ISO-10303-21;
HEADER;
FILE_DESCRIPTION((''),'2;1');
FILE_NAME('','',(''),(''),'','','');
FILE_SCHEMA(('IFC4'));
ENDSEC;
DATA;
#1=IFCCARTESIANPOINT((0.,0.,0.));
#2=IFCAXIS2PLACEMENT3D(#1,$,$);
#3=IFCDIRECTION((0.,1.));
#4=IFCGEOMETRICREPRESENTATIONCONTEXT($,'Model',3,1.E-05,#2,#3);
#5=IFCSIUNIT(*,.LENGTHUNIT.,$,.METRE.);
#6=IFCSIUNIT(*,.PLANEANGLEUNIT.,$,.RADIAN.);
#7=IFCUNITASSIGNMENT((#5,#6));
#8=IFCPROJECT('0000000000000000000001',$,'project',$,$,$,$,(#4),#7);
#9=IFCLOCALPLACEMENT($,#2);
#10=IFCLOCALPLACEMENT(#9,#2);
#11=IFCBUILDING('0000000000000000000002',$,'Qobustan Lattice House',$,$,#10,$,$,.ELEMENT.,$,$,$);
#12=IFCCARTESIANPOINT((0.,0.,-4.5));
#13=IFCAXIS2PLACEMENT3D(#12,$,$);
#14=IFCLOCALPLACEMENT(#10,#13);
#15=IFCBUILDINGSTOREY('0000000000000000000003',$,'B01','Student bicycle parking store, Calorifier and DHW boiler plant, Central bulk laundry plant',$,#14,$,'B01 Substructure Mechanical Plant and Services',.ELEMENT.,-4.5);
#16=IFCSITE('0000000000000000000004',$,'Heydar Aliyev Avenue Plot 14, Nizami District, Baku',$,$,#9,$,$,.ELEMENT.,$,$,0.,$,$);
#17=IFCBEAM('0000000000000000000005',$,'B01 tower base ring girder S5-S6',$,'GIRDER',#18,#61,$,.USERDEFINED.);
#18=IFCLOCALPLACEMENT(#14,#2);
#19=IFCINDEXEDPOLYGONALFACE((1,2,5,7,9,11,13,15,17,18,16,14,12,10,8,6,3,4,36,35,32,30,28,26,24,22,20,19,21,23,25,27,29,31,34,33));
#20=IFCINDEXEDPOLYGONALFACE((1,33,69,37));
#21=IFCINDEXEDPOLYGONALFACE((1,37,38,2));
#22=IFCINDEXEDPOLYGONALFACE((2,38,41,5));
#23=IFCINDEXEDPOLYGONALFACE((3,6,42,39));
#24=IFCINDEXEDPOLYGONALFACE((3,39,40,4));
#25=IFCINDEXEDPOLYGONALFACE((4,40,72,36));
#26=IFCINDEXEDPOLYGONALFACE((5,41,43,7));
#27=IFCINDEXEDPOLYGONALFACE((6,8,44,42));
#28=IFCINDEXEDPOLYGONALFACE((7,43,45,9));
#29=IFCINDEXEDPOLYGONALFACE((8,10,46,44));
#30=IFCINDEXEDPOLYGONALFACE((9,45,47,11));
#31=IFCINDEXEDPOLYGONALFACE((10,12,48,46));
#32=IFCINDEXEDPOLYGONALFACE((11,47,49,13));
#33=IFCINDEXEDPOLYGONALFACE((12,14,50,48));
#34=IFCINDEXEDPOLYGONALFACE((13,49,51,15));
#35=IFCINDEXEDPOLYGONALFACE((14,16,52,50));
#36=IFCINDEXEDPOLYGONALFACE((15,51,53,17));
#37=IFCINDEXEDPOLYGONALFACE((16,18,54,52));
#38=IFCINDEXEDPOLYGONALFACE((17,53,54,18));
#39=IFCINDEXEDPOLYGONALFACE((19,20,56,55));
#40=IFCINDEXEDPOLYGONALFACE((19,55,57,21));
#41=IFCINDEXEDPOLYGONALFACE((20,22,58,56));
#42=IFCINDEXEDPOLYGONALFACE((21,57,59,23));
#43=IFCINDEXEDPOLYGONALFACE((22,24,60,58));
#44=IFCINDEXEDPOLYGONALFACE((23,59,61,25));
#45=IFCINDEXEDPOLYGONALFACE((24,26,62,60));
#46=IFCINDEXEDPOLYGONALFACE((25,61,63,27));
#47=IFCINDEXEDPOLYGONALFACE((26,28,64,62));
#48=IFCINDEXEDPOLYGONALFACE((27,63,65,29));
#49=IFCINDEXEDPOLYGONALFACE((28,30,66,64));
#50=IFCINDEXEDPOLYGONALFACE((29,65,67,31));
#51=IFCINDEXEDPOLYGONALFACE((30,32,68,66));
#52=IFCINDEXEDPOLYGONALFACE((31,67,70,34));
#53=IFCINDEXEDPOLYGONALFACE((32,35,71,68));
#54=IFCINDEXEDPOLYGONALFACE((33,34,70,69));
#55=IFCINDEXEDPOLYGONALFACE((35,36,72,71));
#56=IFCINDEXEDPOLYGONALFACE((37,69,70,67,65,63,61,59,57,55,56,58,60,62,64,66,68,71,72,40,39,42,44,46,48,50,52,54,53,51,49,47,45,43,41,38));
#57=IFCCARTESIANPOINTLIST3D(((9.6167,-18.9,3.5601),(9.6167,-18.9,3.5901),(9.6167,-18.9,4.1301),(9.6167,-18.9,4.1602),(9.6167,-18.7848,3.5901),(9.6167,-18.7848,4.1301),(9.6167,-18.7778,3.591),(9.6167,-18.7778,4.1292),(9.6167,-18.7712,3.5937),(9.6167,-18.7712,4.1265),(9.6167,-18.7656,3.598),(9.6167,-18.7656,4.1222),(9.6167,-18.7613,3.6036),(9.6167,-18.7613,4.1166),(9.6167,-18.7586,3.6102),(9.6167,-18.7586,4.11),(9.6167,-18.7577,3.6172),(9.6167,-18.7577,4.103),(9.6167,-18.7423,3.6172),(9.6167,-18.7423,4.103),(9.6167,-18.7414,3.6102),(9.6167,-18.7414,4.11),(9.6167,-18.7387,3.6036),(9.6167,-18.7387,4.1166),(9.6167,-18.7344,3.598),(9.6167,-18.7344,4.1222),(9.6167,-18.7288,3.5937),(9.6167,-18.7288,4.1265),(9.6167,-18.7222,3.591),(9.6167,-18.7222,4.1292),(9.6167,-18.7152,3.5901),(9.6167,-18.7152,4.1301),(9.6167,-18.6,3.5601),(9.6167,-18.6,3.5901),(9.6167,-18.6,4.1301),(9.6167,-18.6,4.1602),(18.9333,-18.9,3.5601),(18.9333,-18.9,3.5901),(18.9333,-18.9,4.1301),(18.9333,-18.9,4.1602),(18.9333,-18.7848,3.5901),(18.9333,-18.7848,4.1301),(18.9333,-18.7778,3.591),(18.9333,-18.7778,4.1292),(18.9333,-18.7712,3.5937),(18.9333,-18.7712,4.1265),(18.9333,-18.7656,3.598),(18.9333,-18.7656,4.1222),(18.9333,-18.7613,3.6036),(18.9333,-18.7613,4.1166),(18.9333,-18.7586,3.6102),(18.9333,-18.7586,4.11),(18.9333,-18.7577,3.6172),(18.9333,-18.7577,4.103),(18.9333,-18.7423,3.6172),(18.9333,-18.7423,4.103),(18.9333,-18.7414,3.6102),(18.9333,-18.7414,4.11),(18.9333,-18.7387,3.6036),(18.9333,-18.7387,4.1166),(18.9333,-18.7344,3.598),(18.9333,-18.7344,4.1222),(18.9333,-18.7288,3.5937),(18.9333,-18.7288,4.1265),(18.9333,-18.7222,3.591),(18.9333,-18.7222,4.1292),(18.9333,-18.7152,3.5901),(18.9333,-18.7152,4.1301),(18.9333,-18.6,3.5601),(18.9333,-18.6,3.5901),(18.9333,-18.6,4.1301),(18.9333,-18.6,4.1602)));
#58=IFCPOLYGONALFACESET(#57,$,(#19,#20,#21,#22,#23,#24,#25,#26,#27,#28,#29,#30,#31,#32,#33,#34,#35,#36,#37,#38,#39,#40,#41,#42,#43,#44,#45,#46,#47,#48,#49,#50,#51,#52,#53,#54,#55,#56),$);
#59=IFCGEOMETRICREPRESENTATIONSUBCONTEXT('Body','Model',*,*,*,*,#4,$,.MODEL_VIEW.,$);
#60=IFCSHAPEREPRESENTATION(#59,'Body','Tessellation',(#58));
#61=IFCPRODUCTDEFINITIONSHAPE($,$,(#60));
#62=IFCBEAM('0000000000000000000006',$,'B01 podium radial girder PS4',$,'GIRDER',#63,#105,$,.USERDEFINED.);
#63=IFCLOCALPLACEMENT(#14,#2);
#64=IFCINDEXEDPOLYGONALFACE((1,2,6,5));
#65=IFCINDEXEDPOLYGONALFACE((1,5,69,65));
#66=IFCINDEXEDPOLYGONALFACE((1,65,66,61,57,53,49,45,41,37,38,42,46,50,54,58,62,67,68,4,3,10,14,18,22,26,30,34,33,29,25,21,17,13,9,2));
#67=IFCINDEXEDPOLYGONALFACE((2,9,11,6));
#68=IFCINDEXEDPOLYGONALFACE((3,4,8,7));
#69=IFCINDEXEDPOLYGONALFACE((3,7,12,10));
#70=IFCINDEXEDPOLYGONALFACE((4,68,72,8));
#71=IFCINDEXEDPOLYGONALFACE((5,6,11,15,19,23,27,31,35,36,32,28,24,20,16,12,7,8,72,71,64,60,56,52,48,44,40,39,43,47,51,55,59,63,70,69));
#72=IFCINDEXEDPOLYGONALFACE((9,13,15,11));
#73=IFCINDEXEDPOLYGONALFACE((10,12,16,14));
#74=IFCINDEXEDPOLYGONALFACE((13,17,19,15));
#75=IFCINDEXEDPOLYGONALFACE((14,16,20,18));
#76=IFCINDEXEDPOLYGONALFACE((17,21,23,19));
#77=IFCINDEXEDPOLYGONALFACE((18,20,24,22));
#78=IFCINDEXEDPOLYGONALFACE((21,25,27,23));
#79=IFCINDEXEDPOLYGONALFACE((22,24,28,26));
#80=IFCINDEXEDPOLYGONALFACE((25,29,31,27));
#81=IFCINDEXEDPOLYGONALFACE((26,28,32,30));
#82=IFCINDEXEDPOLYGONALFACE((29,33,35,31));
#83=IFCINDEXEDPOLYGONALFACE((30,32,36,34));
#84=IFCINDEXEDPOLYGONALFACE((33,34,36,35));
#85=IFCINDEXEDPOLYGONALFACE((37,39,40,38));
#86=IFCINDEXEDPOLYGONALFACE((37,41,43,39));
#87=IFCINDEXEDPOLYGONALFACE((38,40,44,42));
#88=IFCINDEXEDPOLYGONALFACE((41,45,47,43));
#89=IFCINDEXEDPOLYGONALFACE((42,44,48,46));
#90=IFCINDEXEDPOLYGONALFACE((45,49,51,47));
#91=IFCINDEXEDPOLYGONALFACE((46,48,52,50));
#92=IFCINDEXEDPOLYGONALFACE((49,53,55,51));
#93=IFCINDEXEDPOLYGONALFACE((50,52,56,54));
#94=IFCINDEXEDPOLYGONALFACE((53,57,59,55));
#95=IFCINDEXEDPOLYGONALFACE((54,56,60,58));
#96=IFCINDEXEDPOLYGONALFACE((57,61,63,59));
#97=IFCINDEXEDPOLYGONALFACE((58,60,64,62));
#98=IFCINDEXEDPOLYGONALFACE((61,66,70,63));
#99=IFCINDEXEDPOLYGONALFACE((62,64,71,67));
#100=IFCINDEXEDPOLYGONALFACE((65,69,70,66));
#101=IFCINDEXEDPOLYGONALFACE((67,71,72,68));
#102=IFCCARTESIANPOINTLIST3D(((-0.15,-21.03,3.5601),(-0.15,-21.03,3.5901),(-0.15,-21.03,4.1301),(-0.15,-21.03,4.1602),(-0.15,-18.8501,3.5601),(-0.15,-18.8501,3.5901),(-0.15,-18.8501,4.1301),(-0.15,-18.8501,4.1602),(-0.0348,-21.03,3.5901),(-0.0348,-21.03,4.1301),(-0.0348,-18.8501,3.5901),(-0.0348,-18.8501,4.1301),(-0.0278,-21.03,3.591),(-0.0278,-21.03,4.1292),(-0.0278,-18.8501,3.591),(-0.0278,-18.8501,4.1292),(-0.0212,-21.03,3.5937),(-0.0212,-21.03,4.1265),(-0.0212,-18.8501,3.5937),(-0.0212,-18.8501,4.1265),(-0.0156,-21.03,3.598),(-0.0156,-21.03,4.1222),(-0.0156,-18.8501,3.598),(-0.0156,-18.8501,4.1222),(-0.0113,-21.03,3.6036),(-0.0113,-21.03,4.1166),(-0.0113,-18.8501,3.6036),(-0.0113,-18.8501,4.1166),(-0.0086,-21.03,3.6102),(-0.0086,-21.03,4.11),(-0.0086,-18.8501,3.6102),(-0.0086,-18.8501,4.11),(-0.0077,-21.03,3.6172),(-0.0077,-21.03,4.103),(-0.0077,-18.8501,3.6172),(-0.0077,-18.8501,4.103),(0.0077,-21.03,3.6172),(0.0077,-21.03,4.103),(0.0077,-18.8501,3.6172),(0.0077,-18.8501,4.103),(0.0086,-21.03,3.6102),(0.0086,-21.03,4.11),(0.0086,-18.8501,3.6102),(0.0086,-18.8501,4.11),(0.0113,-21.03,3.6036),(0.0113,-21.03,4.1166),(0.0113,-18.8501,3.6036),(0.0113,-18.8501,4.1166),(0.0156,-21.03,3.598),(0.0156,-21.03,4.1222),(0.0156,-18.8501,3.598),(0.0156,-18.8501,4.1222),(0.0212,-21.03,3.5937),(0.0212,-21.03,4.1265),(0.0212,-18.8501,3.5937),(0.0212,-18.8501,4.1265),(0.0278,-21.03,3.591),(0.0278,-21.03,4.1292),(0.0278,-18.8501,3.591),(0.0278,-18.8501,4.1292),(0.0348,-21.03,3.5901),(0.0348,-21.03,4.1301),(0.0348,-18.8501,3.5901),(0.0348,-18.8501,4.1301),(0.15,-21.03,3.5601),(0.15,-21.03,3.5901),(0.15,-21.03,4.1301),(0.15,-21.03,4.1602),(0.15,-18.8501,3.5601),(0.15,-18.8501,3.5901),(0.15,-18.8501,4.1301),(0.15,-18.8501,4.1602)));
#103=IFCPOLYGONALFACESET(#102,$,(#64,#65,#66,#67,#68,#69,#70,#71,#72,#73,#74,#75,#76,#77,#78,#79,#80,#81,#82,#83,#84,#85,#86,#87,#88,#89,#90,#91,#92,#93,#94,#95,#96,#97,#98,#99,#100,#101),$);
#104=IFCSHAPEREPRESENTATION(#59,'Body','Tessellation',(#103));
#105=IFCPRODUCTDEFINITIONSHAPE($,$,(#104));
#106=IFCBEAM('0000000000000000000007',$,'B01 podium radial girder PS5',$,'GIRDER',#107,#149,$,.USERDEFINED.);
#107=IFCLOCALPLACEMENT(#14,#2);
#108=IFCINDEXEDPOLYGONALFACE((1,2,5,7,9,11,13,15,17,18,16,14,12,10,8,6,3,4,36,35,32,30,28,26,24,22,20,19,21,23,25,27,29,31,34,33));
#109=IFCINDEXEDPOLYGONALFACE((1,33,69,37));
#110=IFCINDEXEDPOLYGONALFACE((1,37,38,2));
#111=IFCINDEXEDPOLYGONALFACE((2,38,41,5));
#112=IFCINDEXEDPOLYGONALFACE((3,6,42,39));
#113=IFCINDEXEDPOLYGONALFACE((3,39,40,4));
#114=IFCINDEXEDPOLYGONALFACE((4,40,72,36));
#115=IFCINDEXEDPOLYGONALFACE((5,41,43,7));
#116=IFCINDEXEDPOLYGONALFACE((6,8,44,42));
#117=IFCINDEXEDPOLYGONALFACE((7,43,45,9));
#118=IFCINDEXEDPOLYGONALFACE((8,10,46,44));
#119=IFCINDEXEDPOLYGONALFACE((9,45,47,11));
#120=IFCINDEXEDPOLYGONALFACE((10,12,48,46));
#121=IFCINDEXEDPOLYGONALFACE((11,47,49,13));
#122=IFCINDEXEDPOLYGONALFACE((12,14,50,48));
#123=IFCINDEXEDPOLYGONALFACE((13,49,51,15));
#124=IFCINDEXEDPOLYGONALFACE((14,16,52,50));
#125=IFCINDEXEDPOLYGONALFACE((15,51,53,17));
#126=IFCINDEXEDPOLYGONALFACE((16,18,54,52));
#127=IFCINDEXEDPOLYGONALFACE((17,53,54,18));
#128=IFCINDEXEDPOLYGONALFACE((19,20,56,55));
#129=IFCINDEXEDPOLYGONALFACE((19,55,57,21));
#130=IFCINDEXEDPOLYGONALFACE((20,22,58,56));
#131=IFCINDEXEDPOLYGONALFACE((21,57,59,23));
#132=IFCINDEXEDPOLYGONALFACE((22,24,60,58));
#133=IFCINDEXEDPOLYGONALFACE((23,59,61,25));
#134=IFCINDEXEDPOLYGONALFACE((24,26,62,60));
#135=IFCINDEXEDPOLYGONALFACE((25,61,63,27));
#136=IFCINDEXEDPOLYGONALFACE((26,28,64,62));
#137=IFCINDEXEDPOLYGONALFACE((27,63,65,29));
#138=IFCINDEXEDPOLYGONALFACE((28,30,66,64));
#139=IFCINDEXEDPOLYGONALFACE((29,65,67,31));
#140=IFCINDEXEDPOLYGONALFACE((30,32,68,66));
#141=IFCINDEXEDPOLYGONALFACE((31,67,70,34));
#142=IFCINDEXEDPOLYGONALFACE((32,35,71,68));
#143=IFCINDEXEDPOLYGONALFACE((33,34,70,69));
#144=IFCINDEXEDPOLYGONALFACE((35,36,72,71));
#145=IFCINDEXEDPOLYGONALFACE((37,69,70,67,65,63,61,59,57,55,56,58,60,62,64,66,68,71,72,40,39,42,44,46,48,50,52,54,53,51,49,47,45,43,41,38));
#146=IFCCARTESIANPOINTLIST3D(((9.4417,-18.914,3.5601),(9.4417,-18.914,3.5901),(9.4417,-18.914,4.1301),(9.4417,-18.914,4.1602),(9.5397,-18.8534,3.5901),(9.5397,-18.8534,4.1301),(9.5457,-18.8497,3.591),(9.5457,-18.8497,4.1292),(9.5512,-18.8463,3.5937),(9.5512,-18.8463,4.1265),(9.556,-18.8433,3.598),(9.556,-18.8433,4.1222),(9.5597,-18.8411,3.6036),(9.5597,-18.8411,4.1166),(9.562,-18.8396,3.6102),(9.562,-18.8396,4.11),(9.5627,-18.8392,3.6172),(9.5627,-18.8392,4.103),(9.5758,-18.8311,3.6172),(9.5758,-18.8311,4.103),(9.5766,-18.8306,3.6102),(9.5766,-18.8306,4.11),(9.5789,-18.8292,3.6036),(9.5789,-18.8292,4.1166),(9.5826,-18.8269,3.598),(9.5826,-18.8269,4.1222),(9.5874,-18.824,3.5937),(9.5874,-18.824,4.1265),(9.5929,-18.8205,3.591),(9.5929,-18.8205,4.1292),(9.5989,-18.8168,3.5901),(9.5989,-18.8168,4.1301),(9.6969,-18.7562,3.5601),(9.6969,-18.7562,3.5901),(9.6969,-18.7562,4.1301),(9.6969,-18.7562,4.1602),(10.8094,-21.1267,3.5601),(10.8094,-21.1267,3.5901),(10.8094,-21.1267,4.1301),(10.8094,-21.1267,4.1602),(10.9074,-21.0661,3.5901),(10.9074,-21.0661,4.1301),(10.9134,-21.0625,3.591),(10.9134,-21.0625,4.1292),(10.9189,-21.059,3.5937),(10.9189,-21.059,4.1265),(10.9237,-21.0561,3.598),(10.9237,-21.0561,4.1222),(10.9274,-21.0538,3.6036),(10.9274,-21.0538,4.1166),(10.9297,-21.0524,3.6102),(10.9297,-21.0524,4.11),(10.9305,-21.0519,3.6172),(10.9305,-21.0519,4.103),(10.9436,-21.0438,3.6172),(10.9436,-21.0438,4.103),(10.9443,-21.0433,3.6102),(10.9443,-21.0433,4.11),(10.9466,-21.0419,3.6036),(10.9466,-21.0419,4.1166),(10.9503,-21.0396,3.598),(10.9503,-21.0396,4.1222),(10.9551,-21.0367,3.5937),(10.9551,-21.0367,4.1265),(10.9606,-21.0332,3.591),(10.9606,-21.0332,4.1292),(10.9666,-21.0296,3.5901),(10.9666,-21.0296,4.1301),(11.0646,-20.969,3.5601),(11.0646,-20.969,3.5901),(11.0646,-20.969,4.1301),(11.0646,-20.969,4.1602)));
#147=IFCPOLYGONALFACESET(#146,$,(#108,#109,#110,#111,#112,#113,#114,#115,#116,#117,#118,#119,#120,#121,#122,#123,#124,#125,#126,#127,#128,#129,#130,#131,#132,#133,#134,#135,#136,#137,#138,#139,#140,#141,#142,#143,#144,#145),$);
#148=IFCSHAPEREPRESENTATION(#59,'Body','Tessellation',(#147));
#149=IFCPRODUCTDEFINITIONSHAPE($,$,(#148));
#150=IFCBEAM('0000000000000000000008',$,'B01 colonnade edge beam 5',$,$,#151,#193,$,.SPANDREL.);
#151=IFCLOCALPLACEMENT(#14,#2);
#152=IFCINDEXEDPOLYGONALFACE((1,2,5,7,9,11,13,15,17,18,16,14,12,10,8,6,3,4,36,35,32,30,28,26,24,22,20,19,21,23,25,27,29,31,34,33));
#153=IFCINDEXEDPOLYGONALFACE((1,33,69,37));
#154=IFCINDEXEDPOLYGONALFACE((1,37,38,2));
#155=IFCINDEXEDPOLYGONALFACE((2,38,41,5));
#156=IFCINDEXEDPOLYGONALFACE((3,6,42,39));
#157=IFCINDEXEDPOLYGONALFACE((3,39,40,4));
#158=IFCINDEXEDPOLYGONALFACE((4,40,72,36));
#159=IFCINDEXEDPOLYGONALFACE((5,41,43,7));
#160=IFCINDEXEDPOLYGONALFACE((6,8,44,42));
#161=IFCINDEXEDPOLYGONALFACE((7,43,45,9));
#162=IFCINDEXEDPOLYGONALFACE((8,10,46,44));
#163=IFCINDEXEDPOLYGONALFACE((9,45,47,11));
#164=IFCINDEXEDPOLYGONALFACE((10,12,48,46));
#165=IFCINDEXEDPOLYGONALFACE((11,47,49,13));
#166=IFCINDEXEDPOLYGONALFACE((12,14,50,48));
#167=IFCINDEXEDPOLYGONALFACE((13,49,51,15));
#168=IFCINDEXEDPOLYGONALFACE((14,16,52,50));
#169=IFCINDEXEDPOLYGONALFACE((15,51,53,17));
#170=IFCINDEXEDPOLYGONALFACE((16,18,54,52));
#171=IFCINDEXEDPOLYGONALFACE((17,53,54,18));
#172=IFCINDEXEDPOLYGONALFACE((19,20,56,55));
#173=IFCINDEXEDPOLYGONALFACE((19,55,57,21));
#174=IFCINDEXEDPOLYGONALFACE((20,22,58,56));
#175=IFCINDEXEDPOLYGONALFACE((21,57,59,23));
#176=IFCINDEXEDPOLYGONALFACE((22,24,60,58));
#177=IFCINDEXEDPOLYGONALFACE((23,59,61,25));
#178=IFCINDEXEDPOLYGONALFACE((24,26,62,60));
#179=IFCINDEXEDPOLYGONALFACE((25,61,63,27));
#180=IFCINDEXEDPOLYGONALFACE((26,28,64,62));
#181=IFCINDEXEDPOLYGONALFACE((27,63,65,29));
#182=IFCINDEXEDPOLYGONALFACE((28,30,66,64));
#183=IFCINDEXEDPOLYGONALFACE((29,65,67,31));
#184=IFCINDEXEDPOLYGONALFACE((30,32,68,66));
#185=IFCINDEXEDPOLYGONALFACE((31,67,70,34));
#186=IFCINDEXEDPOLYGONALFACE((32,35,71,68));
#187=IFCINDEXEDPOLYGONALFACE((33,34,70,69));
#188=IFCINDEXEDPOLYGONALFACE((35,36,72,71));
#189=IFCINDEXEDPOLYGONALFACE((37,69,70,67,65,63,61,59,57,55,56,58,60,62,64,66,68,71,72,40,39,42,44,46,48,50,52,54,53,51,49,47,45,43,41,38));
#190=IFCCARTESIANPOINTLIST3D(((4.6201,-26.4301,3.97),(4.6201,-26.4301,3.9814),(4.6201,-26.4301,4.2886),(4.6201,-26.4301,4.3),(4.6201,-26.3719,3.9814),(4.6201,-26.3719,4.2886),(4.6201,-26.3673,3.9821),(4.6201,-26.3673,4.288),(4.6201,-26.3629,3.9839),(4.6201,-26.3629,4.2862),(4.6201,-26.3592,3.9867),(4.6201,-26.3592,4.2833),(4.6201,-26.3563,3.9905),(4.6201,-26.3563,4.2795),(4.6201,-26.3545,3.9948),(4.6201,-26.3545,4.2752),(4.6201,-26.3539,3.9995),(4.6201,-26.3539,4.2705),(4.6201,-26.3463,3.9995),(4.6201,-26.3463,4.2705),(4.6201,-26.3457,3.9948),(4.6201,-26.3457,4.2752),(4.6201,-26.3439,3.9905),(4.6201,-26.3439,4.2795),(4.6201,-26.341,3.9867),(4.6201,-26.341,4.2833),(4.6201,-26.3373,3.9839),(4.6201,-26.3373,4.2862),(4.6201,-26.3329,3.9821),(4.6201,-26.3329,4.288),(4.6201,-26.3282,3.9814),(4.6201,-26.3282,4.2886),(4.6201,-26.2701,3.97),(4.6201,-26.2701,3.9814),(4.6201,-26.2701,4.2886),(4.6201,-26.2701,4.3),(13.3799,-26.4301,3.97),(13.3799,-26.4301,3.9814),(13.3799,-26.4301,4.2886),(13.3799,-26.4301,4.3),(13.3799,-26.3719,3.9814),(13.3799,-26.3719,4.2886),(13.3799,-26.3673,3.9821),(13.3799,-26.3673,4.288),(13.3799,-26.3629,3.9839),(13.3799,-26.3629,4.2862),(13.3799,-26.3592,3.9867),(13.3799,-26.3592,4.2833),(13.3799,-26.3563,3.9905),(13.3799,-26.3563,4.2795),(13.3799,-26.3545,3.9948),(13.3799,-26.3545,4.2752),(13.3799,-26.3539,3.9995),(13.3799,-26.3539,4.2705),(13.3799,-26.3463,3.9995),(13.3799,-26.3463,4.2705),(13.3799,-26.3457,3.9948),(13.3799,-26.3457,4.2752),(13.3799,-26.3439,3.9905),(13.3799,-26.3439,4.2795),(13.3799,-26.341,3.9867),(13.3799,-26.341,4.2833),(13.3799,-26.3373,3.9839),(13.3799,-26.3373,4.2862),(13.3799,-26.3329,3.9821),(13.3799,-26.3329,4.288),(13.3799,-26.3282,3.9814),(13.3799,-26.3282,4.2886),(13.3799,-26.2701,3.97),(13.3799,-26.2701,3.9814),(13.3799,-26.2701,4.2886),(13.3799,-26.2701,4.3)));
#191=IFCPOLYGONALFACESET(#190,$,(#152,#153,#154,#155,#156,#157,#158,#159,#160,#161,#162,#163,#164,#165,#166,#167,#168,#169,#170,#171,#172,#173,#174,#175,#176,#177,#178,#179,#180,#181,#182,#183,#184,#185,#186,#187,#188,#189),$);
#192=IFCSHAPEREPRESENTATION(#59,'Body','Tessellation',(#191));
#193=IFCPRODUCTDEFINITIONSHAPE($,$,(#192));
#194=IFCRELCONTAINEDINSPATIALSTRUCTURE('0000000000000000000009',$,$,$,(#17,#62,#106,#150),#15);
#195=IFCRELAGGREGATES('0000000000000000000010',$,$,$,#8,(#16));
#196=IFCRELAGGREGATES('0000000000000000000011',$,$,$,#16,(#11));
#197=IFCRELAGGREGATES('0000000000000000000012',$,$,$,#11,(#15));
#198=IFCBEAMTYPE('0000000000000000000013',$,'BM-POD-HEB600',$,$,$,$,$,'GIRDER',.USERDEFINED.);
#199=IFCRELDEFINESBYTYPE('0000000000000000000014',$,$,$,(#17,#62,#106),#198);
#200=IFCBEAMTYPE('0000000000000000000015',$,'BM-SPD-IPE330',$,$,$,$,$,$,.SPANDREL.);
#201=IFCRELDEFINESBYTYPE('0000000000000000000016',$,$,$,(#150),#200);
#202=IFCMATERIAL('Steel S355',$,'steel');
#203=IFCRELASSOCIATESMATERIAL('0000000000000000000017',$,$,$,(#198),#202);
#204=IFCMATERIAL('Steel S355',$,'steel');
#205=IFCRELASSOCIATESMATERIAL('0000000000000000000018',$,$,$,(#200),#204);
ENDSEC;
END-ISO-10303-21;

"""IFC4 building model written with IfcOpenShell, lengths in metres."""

from ifc_helpers import new_model, si_unit, direction, frame, origin, origin_2d, place, context, subcontext, project, spatial, i_section, extrude, material, material_profile, profile_set, type_object, element, save


model = new_model("IFC4")

# Units and contexts
model_context = context("Model", 3, precision=1e-05, world=origin(), true_north=direction((0.0, 1.0)))
body_context = subcontext(model_context, "Body", "Model", "MODEL_VIEW")
ifc_project = project(units=[si_unit("LENGTHUNIT", "METRE"), si_unit("PLANEANGLEUNIT", "RADIAN")], contexts=[model_context])

# Site, building, storey
site_placement = place(None, origin())
site = spatial("IfcSite", under=ifc_project, at=site_placement, Name="Heydar Aliyev Avenue Plot 14, Nizami District, Baku", CompositionType="ELEMENT", RefElevation=0.0)
building_placement = place(site_placement, origin())
building = spatial("IfcBuilding", under=site, at=building_placement, Name="Qobustan Lattice House", CompositionType="ELEMENT")
storey_placement = place(building_placement, frame((0.0, 0.0, -4.5)))
storey = spatial("IfcBuildingStorey", under=building, at=storey_placement, Name="B01", Description="Student bicycle parking store, Calorifier and DHW boiler plant, Central bulk laundry plant", LongName="B01 Substructure Mechanical Plant and Services", CompositionType="ELEMENT", Elevation=-4.5)

# Beams
ifc_material_1 = material(Name="Steel S355", Category="steel")
ifc_material_profile_1 = material_profile(ifc_material_1, i_section(OverallWidth=0.3, OverallDepth=0.6001, WebThickness=0.0154, FlangeThickness=0.03, FilletRadius=0.0271, at=origin_2d()), Name="HEB600")
ifc_profile_set_1 = profile_set([ifc_material_profile_1], Name="Steel S355")
beam_type_1 = type_object("IfcBeamType", Name="BM-POD-HEB600", ElementType="GIRDER", PredefinedType="USERDEFINED", material=ifc_profile_set_1)
for number, where, z_axis, x_axis, name in (
    (1, (9.6167, -18.75, 3.8601), (1.0, 0.0, 0.0), (0.0, 1.0, 0.0), "B01 tower base ring girder S5-S6"),
):
    element("IfcBeam", number, at=place(storey_placement, frame(where, z_axis=z_axis, x_axis=x_axis)), inside=storey, type_object=beam_type_1, Name=name, ObjectType="GIRDER", PredefinedType="USERDEFINED", context=body_context, shape_type="SweptSolid", body=[
        extrude(i_section(OverallWidth=0.3, OverallDepth=0.6001, WebThickness=0.0154, FlangeThickness=0.03, FilletRadius=0.0271, at=origin_2d()), origin(), (0.0, 0.0, 1.0), 9.3167),
    ])
beam_1_placement = place(storey_placement, frame((0.0, -21.03, 3.8601), z_axis=(0.0, 1.0, 0.0), x_axis=(-1.0, 0.0, 0.0)))
element("IfcBeam", 2, at=beam_1_placement, inside=storey, type_object=beam_type_1, Name="B01 podium radial girder PS4", ObjectType="GIRDER", PredefinedType="USERDEFINED", context=body_context, shape_type="SweptSolid", body=[
    extrude(i_section(OverallWidth=0.3, OverallDepth=0.6001, WebThickness=0.0154, FlangeThickness=0.03, FilletRadius=0.0271, at=origin_2d()), origin(), (0.0, 0.0, 1.0), 2.1799),
])
beam_2_placement = place(storey_placement, frame((10.937, -21.0479, 3.8601), z_axis=(-0.525783, 0.850619, 0.0), x_axis=(-0.850619, -0.525783, 0.0)))
element("IfcBeam", 3, at=beam_2_placement, inside=storey, type_object=beam_type_1, Name="B01 podium radial girder PS5", ObjectType="GIRDER", PredefinedType="USERDEFINED", context=body_context, shape_type="SweptSolid", body=[
    extrude(i_section(OverallWidth=0.3, OverallDepth=0.6001, WebThickness=0.0154, FlangeThickness=0.03, FilletRadius=0.0271, at=origin_2d()), origin(), (0.0, 0.0, 1.0), 2.6013),
])
ifc_material_2 = material(Name="Steel S355", Category="steel")
ifc_material_profile_2 = material_profile(ifc_material_2, i_section(OverallWidth=0.1599, OverallDepth=0.3301, WebThickness=0.0076, FlangeThickness=0.0115, FilletRadius=0.0181, at=origin_2d()), Name="IPE330")
ifc_profile_set_2 = profile_set([ifc_material_profile_2], Name="Steel S355")
beam_type_2 = type_object("IfcBeamType", Name="BM-SPD-IPE330", PredefinedType="SPANDREL", material=ifc_profile_set_2)
for number, where, z_axis, x_axis, name in (
    (4, (4.6201, -26.3501, 4.135), (1.0, 0.0, 0.0), (0.0, 1.0, 0.0), "B01 colonnade edge beam 5"),
):
    element("IfcBeam", number, at=place(storey_placement, frame(where, z_axis=z_axis, x_axis=x_axis)), inside=storey, type_object=beam_type_2, Name=name, PredefinedType="SPANDREL", context=body_context, shape_type="SweptSolid", body=[
        extrude(i_section(OverallWidth=0.1599, OverallDepth=0.3301, WebThickness=0.0076, FlangeThickness=0.0115, FilletRadius=0.0181, at=origin_2d()), origin(), (0.0, 0.0, 1.0), 8.7598),
    ])

save(model, "model.ifc")
